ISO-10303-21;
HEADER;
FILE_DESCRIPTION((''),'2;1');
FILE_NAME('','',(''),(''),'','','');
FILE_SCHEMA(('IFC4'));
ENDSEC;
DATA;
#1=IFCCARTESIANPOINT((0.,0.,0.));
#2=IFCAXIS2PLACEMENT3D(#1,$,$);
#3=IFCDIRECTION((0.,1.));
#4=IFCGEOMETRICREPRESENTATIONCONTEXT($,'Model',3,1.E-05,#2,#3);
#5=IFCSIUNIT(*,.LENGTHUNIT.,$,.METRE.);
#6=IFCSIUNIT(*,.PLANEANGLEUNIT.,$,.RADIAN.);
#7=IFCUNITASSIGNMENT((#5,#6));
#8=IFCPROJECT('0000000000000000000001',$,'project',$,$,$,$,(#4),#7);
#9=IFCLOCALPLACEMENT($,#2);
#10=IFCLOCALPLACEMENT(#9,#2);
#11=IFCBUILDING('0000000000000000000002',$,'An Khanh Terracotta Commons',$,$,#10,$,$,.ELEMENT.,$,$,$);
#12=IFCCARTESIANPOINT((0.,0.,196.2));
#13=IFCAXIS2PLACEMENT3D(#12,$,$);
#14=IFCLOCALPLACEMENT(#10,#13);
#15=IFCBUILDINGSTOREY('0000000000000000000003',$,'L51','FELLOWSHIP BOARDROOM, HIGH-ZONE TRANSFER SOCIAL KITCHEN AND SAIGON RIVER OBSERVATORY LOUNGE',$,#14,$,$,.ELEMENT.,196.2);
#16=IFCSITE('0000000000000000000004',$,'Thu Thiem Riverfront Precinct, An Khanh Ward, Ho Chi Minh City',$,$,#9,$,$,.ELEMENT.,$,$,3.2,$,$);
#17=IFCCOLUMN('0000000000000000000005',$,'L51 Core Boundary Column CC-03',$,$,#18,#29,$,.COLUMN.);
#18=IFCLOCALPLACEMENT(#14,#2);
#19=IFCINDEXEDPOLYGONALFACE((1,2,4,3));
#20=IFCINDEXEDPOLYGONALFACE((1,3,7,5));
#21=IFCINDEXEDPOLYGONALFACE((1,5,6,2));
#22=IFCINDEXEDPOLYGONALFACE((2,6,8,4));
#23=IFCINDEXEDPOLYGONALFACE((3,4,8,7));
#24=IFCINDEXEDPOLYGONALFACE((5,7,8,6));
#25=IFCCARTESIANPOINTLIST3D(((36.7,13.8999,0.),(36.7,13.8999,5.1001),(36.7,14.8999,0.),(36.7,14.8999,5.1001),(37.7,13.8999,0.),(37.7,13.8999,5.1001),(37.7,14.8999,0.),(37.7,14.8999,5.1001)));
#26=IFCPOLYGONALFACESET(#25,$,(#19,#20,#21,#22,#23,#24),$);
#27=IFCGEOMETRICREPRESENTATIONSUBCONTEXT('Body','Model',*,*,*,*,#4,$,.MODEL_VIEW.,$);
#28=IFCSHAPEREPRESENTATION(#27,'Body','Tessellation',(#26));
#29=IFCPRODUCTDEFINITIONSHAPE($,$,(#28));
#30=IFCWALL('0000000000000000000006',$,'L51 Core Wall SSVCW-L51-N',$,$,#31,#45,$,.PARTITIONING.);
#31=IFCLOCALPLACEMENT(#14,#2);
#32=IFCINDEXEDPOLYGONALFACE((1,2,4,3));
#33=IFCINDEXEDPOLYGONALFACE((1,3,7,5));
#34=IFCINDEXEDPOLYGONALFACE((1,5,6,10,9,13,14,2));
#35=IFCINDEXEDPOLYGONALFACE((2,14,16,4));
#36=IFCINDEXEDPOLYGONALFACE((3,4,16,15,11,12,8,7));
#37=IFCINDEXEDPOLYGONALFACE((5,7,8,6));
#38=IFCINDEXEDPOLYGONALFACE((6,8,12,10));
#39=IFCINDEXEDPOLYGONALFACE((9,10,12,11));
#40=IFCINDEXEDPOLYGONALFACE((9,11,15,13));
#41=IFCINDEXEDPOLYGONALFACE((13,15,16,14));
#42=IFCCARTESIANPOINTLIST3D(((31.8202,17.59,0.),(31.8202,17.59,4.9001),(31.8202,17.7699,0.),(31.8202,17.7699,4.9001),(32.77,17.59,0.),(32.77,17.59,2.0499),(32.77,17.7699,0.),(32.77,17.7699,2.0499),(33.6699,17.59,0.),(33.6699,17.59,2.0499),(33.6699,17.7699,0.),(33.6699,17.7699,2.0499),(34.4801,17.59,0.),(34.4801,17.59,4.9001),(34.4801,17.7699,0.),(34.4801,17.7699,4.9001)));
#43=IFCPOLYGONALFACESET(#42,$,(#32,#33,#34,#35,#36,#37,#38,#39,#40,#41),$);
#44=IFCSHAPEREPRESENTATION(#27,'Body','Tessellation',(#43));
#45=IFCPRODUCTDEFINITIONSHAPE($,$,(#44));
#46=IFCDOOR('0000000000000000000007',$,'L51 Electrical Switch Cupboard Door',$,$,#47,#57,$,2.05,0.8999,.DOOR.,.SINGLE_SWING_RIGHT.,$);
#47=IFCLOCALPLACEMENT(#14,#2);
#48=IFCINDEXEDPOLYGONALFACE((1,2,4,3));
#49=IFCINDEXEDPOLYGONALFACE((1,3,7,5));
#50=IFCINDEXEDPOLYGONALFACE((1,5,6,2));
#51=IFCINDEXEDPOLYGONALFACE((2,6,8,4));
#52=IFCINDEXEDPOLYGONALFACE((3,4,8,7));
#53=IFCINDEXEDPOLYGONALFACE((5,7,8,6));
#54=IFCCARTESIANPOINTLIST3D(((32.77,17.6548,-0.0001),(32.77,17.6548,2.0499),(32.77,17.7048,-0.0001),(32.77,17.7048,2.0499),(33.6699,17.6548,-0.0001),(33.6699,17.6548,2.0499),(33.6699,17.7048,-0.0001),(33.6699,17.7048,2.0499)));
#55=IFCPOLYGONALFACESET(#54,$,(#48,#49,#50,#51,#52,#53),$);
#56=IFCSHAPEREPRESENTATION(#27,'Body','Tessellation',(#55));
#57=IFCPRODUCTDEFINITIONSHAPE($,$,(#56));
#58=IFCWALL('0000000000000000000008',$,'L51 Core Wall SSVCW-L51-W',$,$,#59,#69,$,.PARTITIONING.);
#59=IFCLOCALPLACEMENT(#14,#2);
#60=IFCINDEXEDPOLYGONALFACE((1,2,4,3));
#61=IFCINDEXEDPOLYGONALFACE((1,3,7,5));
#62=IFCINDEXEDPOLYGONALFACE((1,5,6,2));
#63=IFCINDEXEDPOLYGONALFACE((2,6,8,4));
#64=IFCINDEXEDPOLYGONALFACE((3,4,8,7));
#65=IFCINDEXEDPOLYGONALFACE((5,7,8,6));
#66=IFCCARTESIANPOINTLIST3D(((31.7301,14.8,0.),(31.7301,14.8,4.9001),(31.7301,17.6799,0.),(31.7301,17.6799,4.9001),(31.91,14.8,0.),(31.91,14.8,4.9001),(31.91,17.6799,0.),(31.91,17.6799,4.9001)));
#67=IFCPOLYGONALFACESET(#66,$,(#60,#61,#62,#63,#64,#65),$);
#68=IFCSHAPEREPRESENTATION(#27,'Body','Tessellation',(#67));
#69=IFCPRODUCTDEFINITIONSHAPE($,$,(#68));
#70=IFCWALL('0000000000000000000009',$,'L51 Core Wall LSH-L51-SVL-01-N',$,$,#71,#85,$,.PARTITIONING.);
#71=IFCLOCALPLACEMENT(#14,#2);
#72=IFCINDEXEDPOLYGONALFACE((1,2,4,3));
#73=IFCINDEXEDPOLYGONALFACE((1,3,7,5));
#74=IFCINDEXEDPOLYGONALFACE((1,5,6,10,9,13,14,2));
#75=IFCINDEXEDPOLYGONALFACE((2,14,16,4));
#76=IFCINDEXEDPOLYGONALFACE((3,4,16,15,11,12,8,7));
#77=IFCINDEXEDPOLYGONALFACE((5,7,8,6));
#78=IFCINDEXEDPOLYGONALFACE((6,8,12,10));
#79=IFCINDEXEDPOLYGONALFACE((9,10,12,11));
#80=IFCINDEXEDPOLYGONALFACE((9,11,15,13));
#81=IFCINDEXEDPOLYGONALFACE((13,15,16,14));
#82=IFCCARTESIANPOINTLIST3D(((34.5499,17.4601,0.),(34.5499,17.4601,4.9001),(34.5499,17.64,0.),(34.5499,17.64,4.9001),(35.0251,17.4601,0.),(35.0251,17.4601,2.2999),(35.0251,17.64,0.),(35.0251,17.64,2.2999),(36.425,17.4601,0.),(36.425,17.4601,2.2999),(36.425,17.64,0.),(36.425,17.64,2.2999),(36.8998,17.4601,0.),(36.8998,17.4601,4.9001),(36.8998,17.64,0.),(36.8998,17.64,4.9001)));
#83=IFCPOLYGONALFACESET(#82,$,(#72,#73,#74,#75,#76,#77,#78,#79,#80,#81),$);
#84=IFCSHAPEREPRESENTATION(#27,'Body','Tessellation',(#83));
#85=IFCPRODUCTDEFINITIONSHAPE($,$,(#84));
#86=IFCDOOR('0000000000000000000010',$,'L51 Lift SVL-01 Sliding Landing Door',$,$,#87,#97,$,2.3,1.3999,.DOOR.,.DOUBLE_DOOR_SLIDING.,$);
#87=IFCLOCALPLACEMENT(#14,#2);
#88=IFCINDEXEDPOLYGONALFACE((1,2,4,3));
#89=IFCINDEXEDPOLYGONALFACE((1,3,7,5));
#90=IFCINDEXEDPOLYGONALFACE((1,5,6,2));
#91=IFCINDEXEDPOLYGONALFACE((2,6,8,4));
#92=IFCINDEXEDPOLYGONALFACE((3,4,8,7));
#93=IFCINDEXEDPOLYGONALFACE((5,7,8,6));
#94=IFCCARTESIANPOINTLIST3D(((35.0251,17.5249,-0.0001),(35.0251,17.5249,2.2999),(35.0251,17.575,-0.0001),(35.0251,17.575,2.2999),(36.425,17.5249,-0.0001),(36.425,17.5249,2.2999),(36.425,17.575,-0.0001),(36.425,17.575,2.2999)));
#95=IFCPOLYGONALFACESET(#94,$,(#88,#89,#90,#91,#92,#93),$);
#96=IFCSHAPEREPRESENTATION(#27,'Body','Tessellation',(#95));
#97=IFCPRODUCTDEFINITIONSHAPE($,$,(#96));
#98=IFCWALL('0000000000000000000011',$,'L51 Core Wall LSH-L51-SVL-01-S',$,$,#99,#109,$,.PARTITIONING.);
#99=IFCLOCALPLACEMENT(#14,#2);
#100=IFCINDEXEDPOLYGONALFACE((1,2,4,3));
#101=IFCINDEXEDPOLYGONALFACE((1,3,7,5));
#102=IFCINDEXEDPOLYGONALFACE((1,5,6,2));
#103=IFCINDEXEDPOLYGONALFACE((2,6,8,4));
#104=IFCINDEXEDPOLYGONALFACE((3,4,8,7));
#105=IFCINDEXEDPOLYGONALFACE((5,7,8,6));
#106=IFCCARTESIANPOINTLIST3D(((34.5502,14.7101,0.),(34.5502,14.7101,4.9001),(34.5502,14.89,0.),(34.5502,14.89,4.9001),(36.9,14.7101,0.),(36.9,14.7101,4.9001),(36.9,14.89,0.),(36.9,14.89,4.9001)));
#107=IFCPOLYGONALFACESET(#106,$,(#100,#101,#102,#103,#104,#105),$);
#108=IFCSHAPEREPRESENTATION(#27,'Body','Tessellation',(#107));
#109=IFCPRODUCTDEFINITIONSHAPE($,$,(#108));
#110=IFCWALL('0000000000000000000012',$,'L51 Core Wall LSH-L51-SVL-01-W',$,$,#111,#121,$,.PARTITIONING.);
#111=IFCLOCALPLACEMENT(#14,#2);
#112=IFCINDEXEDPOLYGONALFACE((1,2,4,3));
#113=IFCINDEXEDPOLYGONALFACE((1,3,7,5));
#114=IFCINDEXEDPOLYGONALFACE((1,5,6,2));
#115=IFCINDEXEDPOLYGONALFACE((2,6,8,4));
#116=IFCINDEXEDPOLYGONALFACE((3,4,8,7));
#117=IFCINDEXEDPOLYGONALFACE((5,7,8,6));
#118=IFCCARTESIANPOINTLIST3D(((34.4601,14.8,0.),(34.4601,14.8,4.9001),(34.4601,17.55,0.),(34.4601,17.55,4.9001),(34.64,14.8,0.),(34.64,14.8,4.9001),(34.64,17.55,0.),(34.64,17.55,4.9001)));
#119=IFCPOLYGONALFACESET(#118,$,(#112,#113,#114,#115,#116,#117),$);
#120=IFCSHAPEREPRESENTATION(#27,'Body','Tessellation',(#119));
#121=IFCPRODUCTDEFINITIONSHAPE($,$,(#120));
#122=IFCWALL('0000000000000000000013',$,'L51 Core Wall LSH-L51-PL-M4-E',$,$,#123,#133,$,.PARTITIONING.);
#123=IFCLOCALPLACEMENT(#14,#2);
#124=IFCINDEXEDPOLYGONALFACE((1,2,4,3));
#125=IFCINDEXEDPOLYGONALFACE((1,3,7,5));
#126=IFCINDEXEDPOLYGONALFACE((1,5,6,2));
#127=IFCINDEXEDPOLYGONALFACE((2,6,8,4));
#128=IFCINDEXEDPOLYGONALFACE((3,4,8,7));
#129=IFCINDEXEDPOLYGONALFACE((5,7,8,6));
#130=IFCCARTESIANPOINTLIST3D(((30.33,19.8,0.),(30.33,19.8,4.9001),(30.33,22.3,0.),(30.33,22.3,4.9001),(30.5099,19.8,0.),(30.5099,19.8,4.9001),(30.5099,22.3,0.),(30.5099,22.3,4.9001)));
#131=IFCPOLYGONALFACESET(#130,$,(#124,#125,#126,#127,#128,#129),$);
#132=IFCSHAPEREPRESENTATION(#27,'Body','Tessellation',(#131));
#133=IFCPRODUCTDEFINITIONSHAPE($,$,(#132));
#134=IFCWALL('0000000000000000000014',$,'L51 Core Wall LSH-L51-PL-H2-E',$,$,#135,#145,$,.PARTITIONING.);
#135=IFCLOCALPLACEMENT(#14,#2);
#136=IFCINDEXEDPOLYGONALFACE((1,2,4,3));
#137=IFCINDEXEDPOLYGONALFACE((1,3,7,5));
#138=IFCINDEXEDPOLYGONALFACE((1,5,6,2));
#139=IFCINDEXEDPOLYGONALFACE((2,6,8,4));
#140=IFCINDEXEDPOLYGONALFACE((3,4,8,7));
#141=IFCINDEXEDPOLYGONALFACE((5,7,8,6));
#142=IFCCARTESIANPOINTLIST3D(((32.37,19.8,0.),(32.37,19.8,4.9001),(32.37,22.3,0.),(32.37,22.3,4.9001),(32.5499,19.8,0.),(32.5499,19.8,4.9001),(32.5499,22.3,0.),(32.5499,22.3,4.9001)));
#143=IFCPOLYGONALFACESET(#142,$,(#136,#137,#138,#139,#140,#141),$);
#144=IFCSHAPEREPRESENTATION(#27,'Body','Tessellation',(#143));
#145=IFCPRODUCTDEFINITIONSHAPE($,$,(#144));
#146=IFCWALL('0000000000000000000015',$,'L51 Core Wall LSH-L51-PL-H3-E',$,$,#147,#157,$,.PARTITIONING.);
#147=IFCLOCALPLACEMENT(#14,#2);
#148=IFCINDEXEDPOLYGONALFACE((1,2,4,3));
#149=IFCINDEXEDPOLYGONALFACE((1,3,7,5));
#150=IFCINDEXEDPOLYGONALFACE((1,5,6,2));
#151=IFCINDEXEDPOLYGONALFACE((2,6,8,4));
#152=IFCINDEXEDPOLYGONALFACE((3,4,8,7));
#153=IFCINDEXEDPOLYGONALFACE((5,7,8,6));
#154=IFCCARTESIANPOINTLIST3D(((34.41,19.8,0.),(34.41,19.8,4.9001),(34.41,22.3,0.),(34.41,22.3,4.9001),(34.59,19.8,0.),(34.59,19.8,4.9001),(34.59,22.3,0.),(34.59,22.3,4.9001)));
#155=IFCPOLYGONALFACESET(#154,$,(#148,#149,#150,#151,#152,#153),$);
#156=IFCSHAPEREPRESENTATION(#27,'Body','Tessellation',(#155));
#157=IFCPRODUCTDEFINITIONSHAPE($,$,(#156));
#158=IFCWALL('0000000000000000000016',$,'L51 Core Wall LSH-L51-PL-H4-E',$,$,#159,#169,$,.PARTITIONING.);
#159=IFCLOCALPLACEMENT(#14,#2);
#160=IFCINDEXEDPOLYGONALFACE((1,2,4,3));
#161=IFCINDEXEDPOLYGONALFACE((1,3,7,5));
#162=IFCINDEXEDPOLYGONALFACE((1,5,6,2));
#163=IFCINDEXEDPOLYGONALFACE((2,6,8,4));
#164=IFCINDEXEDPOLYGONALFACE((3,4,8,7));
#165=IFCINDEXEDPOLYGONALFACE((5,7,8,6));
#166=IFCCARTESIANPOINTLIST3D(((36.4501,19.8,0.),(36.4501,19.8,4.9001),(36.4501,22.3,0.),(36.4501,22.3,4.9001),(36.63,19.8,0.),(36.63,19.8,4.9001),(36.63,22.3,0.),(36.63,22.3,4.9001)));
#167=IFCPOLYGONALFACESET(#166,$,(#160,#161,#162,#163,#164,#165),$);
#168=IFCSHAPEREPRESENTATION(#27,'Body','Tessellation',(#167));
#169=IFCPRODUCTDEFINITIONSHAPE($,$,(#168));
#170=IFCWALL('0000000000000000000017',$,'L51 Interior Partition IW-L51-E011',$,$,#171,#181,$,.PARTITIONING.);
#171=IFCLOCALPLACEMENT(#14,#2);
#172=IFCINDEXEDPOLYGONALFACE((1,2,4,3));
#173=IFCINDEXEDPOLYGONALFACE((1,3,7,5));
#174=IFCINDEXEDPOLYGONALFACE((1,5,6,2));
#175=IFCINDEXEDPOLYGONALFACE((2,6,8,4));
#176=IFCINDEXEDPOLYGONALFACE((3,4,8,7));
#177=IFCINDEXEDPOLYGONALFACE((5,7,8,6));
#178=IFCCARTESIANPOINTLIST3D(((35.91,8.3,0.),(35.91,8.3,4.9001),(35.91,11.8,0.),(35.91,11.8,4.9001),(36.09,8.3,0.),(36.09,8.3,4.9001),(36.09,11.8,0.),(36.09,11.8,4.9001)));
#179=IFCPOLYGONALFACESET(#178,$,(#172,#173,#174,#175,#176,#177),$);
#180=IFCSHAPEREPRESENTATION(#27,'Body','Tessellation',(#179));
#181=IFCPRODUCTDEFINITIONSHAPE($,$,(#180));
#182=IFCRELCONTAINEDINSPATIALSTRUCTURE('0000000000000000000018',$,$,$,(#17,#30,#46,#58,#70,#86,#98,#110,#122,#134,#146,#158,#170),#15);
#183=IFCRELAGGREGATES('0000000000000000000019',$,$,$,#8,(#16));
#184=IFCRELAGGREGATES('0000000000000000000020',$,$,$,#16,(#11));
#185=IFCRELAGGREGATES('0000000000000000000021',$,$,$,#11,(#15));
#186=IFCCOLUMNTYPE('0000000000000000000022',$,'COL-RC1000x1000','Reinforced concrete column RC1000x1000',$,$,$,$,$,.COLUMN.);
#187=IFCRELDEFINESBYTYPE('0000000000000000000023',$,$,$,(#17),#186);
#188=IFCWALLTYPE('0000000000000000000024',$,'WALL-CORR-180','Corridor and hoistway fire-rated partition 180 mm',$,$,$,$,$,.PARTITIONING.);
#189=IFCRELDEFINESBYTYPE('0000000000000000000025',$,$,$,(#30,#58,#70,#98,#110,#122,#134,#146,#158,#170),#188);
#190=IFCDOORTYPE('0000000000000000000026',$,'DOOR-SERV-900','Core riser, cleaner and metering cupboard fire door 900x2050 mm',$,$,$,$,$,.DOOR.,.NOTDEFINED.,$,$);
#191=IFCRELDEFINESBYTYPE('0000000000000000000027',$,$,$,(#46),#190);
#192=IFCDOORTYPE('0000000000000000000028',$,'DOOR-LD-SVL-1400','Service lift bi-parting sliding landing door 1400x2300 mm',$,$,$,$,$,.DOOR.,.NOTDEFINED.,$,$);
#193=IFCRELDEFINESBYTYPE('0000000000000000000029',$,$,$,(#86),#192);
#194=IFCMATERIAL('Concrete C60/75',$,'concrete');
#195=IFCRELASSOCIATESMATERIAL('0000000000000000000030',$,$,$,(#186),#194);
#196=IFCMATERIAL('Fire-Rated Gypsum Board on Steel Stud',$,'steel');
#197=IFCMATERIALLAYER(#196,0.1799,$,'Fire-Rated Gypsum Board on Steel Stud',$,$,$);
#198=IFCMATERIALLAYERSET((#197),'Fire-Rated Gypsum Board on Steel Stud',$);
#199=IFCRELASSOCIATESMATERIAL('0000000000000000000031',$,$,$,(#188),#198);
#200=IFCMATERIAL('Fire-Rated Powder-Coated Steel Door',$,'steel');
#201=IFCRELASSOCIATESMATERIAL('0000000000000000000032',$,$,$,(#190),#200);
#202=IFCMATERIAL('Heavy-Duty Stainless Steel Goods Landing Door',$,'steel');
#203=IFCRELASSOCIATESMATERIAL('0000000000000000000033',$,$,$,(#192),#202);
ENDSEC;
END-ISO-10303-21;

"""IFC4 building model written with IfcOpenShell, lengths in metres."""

from ifc_helpers import new_model, si_unit, direction, frame, frame_2d, origin, origin_2d, place, context, subcontext, project, spatial, rectangle, extrude, material, layer, layer_set, material_profile, profile_set, type_object, element, fill, save


model = new_model("IFC4")

# Units and contexts
model_context = context("Model", 3, precision=1e-05, world=origin(), true_north=direction((0.0, 1.0)))
body_context = subcontext(model_context, "Body", "Model", "MODEL_VIEW")
ifc_project = project(units=[si_unit("LENGTHUNIT", "METRE"), si_unit("PLANEANGLEUNIT", "RADIAN")], contexts=[model_context])

# Site, building, storey
site_placement = place(None, origin())
site = spatial("IfcSite", under=ifc_project, at=site_placement, Name="Thu Thiem Riverfront Precinct, An Khanh Ward, Ho Chi Minh City", CompositionType="ELEMENT", RefElevation=3.2)
building_placement = place(site_placement, origin())
building = spatial("IfcBuilding", under=site, at=building_placement, Name="An Khanh Terracotta Commons", CompositionType="ELEMENT")
storey_placement = place(building_placement, frame((0.0, 0.0, 196.2)))
storey = spatial("IfcBuildingStorey", under=building, at=storey_placement, Name="L51", Description="FELLOWSHIP BOARDROOM, HIGH-ZONE TRANSFER SOCIAL KITCHEN AND SAIGON RIVER OBSERVATORY LOUNGE", CompositionType="ELEMENT", Elevation=196.2)

# Column
ifc_material_1 = material(Name="Concrete C60/75", Category="concrete")
ifc_material_profile = material_profile(ifc_material_1, rectangle(XDim=1.0, YDim=1.0, at=origin_2d()), Name="RC1000x1000")
ifc_profile_set = profile_set([ifc_material_profile], Name="Concrete C60/75")
column_type = type_object("IfcColumnType", Name="COL-RC1000x1000", Description="Reinforced concrete column RC1000x1000", PredefinedType="COLUMN", material=ifc_profile_set)
column_placement = place(storey_placement, frame((37.2, 14.3999, 0.0), z_axis=(0.0, 0.0, 1.0), x_axis=(1.0, 0.0, 0.0)))
element("IfcColumn", 1, at=column_placement, inside=storey, type_object=column_type, Name="L51 Core Boundary Column CC-03", PredefinedType="COLUMN", context=body_context, shape_type="SweptSolid", body=[
    extrude(rectangle(XDim=1.0, YDim=1.0, at=origin_2d()), origin(), (0.0, 0.0, 1.0), 5.1001),
])

# Wall, opening, door
ifc_material_2 = material(Name="Fire-Rated Gypsum Board on Steel Stud", Category="steel")
ifc_layer_1 = layer(ifc_material_2, 0.1799, Name="Fire-Rated Gypsum Board on Steel Stud")
ifc_layer_set_1 = layer_set([ifc_layer_1], Name="Fire-Rated Gypsum Board on Steel Stud")
wall_type_1 = type_object("IfcWallType", Name="WALL-CORR-180", Description="Corridor and hoistway fire-rated partition 180 mm", PredefinedType="PARTITIONING", material=ifc_layer_set_1)
wall_1_placement = place(storey_placement, frame((31.8201, 17.6799, 0.0), z_axis=(0.0, 0.0, 1.0), x_axis=(1.0, 0.0, 0.0)))
wall_1 = element("IfcWall", 2, at=wall_1_placement, inside=storey, type_object=wall_type_1, Name="L51 Core Wall SSVCW-L51-N", PredefinedType="PARTITIONING", context=body_context, shape_type="SweptSolid", body=[
    extrude(rectangle(XDim=2.6599, YDim=0.1799, at=frame_2d((1.3301, 0.0))), origin(), (0.0, 0.0, 1.0), 4.9001),
])
opening_1_placement = place(wall_1_placement, frame((0.95, 0.0, 0.0)))
opening_1 = element("IfcOpeningElement", 3, at=opening_1_placement, cuts=wall_1, PredefinedType="OPENING", context=body_context, shape_type="SweptSolid", body=[
    extrude(rectangle(XDim=0.8999, YDim=2.05, at=frame_2d((0.45, 1.0249))), frame((0.0, 0.0999, 0.0), z_axis=(0.0, -1.0, 0.0), x_axis=(1.0, 0.0, 0.0)), (0.0, 0.0, 1.0), 0.2),
])
ifc_material_3 = material(Name="Fire-Rated Powder-Coated Steel Door", Category="steel")
door_type_1 = type_object("IfcDoorType", Name="DOOR-SERV-900", Description="Core riser, cleaner and metering cupboard fire door 900x2050 mm", OperationType="NOTDEFINED", PredefinedType="DOOR", material=ifc_material_3)
door_1_placement = place(opening_1_placement, origin())
door_1 = element("IfcDoor", 4, at=door_1_placement, inside=storey, type_object=door_type_1, Name="L51 Electrical Switch Cupboard Door", OperationType="SINGLE_SWING_RIGHT", OverallHeight=2.05, OverallWidth=0.8999, PredefinedType="DOOR", context=body_context, shape_type="SweptSolid", body=[
    extrude(rectangle(XDim=0.8999, YDim=2.05, at=frame_2d((0.45, 1.0249))), frame((0.0, 0.0249, 0.0), z_axis=(0.0, -1.0, 0.0), x_axis=(1.0, 0.0, 0.0)), (0.0, 0.0, 1.0), 0.05),
])
fill(opening_1, door_1)

# Wall
wall_2_placement = place(storey_placement, frame((31.8201, 14.8, 0.0), z_axis=(0.0, 0.0, 1.0), x_axis=(0.0, 1.0, 0.0)))
element("IfcWall", 5, at=wall_2_placement, inside=storey, type_object=wall_type_1, Name="L51 Core Wall SSVCW-L51-W", PredefinedType="PARTITIONING", context=body_context, shape_type="SweptSolid", body=[
    extrude(rectangle(XDim=2.8799, YDim=0.1799, at=frame_2d((1.4399, 0.0))), origin(), (0.0, 0.0, 1.0), 4.9001),
])

# Wall, opening, door
wall_3_placement = place(storey_placement, frame((34.55, 17.55, 0.0), z_axis=(0.0, 0.0, 1.0), x_axis=(1.0, 0.0, 0.0)))
wall_3 = element("IfcWall", 6, at=wall_3_placement, inside=storey, type_object=wall_type_1, Name="L51 Core Wall LSH-L51-SVL-01-N", PredefinedType="PARTITIONING", context=body_context, shape_type="SweptSolid", body=[
    extrude(rectangle(XDim=2.3499, YDim=0.1799, at=frame_2d((1.1748, 0.0))), origin(), (0.0, 0.0, 1.0), 4.9001),
])
opening_2_placement = place(wall_3_placement, frame((0.4751, 0.0, 0.0)))
opening_2 = element("IfcOpeningElement", 7, at=opening_2_placement, cuts=wall_3, PredefinedType="OPENING", context=body_context, shape_type="SweptSolid", body=[
    extrude(rectangle(XDim=1.3999, YDim=2.3, at=frame_2d((0.7, 1.1499))), frame((0.0, 0.0999, 0.0), z_axis=(0.0, -1.0, 0.0), x_axis=(1.0, 0.0, 0.0)), (0.0, 0.0, 1.0), 0.2),
])
ifc_material_4 = material(Name="Heavy-Duty Stainless Steel Goods Landing Door", Category="steel")
door_type_2 = type_object("IfcDoorType", Name="DOOR-LD-SVL-1400", Description="Service lift bi-parting sliding landing door 1400x2300 mm", OperationType="NOTDEFINED", PredefinedType="DOOR", material=ifc_material_4)
door_2_placement = place(opening_2_placement, origin())
door_2 = element("IfcDoor", 8, at=door_2_placement, inside=storey, type_object=door_type_2, Name="L51 Lift SVL-01 Sliding Landing Door", OperationType="DOUBLE_DOOR_SLIDING", OverallHeight=2.3, OverallWidth=1.3999, PredefinedType="DOOR", context=body_context, shape_type="SweptSolid", body=[
    extrude(rectangle(XDim=1.3999, YDim=2.3, at=frame_2d((0.7, 1.1499))), frame((0.0, 0.0249, 0.0), z_axis=(0.0, -1.0, 0.0), x_axis=(1.0, 0.0, 0.0)), (0.0, 0.0, 1.0), 0.05),
])
fill(opening_2, door_2)

# Walls
wall_4_placement = place(storey_placement, frame((36.8999, 14.8, 0.0), z_axis=(0.0, 0.0, 1.0), x_axis=(-1.0, 0.0, 0.0)))
element("IfcWall", 9, at=wall_4_placement, inside=storey, type_object=wall_type_1, Name="L51 Core Wall LSH-L51-SVL-01-S", PredefinedType="PARTITIONING", context=body_context, shape_type="SweptSolid", body=[
    extrude(rectangle(XDim=2.3499, YDim=0.1799, at=frame_2d((1.1748, 0.0))), origin(), (0.0, 0.0, 1.0), 4.9001),
])
wall_5_placement = place(storey_placement, frame((34.55, 17.55, 0.0), z_axis=(0.0, 0.0, 1.0), x_axis=(0.0, -1.0, 0.0)))
element("IfcWall", 10, at=wall_5_placement, inside=storey, type_object=wall_type_1, Name="L51 Core Wall LSH-L51-SVL-01-W", PredefinedType="PARTITIONING", context=body_context, shape_type="SweptSolid", body=[
    extrude(rectangle(XDim=2.75, YDim=0.1799, at=frame_2d((1.375, 0.0))), origin(), (0.0, 0.0, 1.0), 4.9001),
])
for number, where, z_axis, x_axis, name in (
    (11, (30.4199, 19.8, 0.0), (0.0, 0.0, 1.0), (0.0, 1.0, 0.0), "L51 Core Wall LSH-L51-PL-M4-E"),
    (12, (32.46, 19.8, 0.0), (0.0, 0.0, 1.0), (0.0, 1.0, 0.0), "L51 Core Wall LSH-L51-PL-H2-E"),
    (13, (34.5, 19.8, 0.0), (0.0, 0.0, 1.0), (0.0, 1.0, 0.0), "L51 Core Wall LSH-L51-PL-H3-E"),
    (14, (36.54, 19.8, 0.0), (0.0, 0.0, 1.0), (0.0, 1.0, 0.0), "L51 Core Wall LSH-L51-PL-H4-E"),
):
    element("IfcWall", number, at=place(storey_placement, frame(where, z_axis=z_axis, x_axis=x_axis)), inside=storey, type_object=wall_type_1, Name=name, PredefinedType="PARTITIONING", context=body_context, shape_type="SweptSolid", body=[
        extrude(rectangle(XDim=2.5, YDim=0.1799, at=frame_2d((1.25, 0.0))), origin(), (0.0, 0.0, 1.0), 4.9001),
    ])
wall_6_placement = place(storey_placement, frame((36.0, 8.3, 0.0), z_axis=(0.0, 0.0, 1.0), x_axis=(0.0, 1.0, 0.0)))
element("IfcWall", 15, at=wall_6_placement, inside=storey, type_object=wall_type_1, Name="L51 Interior Partition IW-L51-E011", PredefinedType="PARTITIONING", context=body_context, shape_type="SweptSolid", body=[
    extrude(rectangle(XDim=3.5, YDim=0.1799, at=frame_2d((1.75, 0.0))), origin(), (0.0, 0.0, 1.0), 4.9001),
])

save(model, "model.ifc")
